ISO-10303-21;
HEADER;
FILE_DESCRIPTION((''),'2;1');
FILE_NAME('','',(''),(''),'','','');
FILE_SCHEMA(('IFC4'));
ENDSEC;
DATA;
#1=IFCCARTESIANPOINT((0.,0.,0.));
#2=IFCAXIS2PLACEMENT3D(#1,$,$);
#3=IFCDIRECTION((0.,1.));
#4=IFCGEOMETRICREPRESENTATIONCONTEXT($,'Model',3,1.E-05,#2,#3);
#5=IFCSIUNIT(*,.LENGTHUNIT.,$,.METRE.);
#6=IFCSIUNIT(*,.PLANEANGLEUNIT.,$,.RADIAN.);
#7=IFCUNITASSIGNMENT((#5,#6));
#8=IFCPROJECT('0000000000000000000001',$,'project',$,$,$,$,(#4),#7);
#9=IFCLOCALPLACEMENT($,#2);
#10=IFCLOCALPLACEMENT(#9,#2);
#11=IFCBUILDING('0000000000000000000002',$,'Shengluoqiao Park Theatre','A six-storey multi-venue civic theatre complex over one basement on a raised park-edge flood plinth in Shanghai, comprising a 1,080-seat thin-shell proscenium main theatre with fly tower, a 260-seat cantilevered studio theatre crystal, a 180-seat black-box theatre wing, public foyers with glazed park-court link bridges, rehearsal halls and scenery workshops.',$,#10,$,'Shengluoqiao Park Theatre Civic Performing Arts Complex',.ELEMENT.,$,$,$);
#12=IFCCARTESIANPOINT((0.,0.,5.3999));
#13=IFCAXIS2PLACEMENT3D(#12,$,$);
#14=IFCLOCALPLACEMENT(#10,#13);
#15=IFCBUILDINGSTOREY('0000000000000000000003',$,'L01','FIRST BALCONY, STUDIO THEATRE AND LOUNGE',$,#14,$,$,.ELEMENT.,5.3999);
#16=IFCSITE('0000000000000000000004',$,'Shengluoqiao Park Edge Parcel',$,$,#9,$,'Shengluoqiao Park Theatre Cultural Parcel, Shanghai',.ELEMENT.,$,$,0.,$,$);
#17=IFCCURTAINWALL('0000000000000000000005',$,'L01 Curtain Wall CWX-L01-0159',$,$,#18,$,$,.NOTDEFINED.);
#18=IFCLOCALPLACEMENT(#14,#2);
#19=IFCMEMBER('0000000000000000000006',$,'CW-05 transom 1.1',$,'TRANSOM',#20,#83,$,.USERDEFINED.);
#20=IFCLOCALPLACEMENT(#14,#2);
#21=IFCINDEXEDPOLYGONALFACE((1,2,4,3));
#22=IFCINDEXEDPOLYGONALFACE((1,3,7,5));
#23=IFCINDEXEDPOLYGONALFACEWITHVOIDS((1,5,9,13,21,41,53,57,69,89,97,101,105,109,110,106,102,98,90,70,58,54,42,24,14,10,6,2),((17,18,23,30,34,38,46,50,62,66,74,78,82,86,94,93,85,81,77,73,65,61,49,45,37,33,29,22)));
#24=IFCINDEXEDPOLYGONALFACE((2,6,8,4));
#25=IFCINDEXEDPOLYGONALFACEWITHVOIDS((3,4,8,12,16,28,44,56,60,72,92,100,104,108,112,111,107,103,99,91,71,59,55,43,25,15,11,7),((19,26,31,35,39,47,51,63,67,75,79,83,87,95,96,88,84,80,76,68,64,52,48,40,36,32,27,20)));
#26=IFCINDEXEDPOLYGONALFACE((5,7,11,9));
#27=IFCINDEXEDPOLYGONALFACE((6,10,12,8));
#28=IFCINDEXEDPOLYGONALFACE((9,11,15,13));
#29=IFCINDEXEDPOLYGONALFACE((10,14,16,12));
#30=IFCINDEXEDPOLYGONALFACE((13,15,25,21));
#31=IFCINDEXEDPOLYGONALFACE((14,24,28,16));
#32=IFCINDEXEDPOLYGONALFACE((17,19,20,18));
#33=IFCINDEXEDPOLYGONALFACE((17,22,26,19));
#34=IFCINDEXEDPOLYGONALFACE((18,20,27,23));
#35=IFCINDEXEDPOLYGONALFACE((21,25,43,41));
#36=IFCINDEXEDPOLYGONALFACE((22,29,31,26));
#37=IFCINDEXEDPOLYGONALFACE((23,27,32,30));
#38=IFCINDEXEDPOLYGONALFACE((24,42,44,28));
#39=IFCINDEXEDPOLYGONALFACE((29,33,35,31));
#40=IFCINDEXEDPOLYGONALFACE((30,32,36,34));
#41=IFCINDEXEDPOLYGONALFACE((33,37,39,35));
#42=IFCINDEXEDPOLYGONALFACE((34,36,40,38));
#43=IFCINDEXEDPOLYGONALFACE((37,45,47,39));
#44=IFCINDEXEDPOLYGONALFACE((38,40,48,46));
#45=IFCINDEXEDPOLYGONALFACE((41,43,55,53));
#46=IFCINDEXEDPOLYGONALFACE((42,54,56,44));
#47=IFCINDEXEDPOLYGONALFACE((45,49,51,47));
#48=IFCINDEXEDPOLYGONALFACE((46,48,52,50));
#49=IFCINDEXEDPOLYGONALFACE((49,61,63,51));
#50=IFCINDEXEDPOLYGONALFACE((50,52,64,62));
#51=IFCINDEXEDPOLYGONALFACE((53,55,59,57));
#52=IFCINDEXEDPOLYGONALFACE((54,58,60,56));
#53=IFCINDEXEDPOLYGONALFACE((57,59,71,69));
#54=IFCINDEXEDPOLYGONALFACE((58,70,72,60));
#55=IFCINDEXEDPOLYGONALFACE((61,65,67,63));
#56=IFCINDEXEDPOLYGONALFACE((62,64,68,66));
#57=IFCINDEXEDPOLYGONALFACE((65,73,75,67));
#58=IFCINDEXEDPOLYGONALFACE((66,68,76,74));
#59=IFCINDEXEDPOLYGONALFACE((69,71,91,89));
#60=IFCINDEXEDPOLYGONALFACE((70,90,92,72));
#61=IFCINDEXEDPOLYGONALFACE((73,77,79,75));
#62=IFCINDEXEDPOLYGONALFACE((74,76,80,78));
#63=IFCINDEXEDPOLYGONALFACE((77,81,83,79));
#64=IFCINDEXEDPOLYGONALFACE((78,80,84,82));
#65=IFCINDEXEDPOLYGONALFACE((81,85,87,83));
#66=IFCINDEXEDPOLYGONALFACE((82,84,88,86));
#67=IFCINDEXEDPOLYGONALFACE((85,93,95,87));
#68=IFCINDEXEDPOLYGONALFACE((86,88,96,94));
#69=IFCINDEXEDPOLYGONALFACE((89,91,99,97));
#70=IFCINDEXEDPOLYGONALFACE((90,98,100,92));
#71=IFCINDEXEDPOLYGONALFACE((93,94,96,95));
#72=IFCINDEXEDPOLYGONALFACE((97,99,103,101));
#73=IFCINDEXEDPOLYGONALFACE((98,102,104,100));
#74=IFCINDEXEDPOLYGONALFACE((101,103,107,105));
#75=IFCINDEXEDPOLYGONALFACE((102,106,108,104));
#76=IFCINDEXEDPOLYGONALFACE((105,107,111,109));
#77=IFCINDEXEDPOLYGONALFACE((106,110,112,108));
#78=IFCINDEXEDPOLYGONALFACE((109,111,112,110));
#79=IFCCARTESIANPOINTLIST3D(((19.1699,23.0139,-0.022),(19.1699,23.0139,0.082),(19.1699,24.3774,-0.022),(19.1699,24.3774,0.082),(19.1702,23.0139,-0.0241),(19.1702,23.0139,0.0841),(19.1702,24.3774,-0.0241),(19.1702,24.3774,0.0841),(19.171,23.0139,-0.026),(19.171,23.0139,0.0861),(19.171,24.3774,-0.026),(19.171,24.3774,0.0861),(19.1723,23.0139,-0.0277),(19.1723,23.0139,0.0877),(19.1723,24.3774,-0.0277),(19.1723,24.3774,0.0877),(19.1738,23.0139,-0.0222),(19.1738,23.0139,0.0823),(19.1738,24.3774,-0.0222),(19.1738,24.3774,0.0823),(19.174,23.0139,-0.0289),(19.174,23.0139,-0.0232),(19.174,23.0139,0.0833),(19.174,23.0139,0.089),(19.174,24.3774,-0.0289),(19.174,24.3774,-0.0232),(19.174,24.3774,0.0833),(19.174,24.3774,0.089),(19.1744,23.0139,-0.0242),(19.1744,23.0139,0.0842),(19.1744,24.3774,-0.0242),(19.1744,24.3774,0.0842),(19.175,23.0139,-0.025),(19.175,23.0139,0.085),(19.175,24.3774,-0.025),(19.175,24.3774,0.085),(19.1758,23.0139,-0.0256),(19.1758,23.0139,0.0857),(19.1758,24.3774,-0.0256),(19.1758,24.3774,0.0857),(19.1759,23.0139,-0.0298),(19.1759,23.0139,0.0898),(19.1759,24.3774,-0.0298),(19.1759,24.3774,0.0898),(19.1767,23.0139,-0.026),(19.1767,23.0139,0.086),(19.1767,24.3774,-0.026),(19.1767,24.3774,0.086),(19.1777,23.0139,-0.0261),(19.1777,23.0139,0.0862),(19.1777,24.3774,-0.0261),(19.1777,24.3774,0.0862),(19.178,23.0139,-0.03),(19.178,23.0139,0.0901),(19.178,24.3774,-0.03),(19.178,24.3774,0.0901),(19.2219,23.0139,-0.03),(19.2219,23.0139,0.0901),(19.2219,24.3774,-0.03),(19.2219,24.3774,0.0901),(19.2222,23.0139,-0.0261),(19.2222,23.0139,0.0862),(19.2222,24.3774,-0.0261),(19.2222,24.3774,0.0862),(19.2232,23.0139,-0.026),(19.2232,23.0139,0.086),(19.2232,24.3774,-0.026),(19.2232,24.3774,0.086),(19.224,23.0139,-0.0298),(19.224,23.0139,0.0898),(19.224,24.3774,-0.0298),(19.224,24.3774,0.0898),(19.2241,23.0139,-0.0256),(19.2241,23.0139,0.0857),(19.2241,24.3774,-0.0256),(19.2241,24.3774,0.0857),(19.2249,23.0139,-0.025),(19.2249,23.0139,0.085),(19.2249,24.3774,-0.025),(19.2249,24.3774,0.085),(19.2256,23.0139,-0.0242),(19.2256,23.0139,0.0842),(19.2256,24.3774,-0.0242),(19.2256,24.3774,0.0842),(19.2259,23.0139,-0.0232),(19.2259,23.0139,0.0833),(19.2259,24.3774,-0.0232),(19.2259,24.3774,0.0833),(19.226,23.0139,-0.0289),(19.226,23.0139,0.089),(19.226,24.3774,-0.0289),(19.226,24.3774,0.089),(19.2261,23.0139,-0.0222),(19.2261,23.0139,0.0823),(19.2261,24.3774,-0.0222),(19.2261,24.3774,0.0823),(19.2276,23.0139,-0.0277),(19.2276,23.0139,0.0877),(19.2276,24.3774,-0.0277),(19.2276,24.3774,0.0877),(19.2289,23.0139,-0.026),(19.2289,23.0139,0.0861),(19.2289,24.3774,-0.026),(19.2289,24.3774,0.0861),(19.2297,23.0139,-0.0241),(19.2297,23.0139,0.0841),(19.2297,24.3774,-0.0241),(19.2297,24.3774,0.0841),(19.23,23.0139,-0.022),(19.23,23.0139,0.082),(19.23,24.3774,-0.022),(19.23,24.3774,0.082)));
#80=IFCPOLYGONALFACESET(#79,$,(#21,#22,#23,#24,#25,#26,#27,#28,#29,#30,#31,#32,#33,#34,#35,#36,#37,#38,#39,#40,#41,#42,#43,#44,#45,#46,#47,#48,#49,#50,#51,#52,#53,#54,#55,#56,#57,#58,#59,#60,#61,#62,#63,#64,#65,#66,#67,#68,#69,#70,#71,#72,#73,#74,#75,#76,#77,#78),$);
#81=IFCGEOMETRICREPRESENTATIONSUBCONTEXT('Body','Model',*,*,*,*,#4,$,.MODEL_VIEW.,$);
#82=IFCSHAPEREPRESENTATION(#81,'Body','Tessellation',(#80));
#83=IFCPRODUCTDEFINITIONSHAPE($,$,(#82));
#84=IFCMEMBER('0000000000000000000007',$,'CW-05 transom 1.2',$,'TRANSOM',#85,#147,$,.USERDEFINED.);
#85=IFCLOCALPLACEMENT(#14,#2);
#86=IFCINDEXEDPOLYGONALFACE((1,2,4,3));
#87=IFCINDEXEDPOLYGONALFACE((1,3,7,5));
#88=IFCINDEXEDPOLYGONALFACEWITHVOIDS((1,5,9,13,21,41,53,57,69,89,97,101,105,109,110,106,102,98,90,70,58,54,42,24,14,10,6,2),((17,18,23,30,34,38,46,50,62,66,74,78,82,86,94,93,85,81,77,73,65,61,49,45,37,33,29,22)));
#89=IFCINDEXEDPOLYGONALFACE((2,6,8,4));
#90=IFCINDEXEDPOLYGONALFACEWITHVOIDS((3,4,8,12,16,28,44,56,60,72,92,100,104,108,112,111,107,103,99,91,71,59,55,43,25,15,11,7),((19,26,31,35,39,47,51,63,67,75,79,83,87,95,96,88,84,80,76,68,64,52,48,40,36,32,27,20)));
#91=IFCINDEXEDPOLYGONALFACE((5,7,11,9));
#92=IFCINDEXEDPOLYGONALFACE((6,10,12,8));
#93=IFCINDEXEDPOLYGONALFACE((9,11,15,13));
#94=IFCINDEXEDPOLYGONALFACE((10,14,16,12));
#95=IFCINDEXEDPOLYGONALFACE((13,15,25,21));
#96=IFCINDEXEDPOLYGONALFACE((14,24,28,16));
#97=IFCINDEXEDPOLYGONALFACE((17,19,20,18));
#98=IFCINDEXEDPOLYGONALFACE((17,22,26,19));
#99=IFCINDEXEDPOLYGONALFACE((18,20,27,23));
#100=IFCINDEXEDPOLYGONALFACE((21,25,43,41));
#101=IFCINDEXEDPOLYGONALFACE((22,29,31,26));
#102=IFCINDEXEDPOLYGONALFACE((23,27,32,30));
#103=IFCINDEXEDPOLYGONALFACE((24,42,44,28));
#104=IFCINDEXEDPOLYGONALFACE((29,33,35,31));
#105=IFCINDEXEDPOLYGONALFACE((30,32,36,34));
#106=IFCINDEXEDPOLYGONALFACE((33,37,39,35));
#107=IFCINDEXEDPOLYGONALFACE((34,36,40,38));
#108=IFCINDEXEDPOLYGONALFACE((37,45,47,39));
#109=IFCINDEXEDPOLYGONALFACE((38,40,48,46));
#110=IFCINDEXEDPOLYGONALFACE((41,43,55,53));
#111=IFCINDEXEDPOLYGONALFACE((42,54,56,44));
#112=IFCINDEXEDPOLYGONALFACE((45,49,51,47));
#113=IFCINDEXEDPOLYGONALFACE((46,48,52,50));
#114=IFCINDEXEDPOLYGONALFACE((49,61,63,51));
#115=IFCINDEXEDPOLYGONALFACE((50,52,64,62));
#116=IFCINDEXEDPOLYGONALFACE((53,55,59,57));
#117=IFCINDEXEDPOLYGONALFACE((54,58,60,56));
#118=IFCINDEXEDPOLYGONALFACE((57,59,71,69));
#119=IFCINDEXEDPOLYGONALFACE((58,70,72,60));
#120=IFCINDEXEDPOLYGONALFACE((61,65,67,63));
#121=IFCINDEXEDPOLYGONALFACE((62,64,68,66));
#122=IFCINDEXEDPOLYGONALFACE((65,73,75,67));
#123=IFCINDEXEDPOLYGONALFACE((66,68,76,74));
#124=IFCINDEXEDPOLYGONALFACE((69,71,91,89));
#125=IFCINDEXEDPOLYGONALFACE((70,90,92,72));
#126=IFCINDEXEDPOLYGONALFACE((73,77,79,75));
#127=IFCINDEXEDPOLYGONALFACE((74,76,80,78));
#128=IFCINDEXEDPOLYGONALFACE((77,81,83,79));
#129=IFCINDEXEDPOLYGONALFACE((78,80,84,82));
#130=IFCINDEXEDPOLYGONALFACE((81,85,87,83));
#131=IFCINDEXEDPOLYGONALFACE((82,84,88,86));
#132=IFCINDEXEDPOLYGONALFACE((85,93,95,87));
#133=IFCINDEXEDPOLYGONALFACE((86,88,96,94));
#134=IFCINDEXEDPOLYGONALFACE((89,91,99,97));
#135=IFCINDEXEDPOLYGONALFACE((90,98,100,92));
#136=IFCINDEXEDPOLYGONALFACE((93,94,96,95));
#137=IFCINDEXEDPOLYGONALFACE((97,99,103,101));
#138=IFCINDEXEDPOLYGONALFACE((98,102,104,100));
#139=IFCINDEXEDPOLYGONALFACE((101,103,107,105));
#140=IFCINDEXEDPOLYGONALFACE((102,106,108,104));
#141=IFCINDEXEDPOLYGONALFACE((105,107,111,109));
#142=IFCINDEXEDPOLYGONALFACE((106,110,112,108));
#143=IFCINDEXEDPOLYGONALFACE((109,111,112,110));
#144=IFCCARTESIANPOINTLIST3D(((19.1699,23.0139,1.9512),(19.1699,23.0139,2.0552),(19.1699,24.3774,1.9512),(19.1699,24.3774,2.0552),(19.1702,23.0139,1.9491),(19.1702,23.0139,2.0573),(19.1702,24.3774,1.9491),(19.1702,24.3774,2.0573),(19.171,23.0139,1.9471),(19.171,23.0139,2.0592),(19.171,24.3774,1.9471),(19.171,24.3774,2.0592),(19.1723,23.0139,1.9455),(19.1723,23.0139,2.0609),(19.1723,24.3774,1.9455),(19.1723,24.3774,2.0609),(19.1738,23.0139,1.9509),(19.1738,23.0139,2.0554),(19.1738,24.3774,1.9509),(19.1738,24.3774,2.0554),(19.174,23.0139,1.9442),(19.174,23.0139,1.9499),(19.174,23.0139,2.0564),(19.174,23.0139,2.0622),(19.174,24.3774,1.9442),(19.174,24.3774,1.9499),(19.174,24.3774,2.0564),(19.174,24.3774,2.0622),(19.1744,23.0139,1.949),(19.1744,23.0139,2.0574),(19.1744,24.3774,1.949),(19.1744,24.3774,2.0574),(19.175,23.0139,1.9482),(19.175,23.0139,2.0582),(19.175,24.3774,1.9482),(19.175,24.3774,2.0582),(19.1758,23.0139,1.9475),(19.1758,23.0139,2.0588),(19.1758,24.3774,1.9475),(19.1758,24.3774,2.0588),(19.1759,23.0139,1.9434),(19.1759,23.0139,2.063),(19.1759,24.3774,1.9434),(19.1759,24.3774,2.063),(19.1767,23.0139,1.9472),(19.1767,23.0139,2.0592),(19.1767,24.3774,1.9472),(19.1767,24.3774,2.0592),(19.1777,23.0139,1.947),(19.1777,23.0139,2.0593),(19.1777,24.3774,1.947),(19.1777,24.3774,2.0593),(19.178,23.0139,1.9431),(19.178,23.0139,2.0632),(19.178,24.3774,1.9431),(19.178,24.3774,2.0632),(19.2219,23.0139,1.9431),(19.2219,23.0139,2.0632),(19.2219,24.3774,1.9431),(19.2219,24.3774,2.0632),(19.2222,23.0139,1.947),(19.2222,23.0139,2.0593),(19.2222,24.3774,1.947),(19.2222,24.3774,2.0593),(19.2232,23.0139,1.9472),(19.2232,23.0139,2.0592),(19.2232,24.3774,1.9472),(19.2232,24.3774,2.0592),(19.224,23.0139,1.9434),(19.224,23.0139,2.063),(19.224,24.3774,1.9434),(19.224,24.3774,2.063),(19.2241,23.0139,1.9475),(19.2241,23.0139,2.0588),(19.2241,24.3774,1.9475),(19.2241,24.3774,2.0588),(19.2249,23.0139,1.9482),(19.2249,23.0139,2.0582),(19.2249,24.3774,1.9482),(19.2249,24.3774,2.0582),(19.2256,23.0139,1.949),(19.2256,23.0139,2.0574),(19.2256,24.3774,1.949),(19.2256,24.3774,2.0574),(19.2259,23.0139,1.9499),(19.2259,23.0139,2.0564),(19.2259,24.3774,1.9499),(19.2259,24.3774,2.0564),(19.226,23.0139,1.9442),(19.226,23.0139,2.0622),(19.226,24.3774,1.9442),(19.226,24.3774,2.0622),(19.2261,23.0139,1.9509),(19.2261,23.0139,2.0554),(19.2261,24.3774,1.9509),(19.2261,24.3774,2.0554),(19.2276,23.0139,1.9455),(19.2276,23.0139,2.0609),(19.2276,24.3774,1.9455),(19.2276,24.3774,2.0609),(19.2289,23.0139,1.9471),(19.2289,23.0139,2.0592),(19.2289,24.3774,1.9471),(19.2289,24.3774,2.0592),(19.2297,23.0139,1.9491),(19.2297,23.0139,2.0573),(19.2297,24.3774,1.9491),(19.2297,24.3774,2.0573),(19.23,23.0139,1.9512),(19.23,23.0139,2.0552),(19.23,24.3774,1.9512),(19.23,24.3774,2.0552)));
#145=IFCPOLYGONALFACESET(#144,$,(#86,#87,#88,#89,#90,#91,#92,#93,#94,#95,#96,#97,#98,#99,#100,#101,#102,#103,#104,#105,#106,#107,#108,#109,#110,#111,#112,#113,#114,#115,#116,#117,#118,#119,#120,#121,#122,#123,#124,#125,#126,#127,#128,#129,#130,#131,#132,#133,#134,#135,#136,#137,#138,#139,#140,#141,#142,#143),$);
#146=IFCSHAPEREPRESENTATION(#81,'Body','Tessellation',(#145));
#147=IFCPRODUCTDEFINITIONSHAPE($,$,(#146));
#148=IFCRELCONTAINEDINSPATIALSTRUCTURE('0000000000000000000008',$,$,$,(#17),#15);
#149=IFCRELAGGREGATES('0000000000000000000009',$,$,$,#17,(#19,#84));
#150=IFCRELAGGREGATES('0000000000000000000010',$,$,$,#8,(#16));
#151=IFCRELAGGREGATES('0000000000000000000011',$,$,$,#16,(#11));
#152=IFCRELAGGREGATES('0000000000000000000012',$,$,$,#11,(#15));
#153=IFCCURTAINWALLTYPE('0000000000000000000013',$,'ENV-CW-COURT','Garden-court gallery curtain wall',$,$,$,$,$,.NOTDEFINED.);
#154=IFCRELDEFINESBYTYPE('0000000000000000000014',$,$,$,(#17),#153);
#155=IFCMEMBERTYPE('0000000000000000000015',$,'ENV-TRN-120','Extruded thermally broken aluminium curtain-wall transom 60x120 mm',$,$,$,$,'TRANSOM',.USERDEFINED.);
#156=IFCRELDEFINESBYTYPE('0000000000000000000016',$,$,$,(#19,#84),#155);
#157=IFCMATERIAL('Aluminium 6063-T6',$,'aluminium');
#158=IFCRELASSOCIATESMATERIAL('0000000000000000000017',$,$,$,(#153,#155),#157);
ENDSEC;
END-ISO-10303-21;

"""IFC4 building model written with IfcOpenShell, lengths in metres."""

from ifc_helpers import new_model, si_unit, direction, frame, origin, origin_2d, place, context, subcontext, project, spatial, hollow_rectangle, extrude, material, material_profile, profile_set, type_object, element, aggregate, save


model = new_model("IFC4")

# Units and contexts
model_context = context("Model", 3, precision=1e-05, world=origin(), true_north=direction((0.0, 1.0)))
body_context = subcontext(model_context, "Body", "Model", "MODEL_VIEW")
ifc_project = project(units=[si_unit("LENGTHUNIT", "METRE"), si_unit("PLANEANGLEUNIT", "RADIAN")], contexts=[model_context])

# Site, building, storey
site_placement = place(None, origin())
site = spatial("IfcSite", under=ifc_project, at=site_placement, Name="Shengluoqiao Park Edge Parcel", LongName="Shengluoqiao Park Theatre Cultural Parcel, Shanghai", CompositionType="ELEMENT", RefElevation=0.0)
building_placement = place(site_placement, origin())
building = spatial("IfcBuilding", under=site, at=building_placement, Name="Shengluoqiao Park Theatre", Description="A six-storey multi-venue civic theatre complex over one basement on a raised park-edge flood plinth in Shanghai, comprising a 1,080-seat thin-shell proscenium main theatre with fly tower, a 260-seat cantilevered studio theatre crystal, a 180-seat black-box theatre wing, public foyers with glazed park-court link bridges, rehearsal halls and scenery workshops.", LongName="Shengluoqiao Park Theatre Civic Performing Arts Complex", CompositionType="ELEMENT")
storey_placement = place(building_placement, frame((0.0, 0.0, 5.3999)))
storey = spatial("IfcBuildingStorey", under=building, at=storey_placement, Name="L01", Description="FIRST BALCONY, STUDIO THEATRE AND LOUNGE", CompositionType="ELEMENT", Elevation=5.3999)

# Shared definitions
ifc_material_1 = material(Name="Aluminium 6063-T6", Category="aluminium")

# Curtain wall, members
curtain_wall_type_1 = type_object("IfcCurtainWallType", Name="ENV-CW-COURT", Description="Garden-court gallery curtain wall", PredefinedType="NOTDEFINED", material=ifc_material_1)
curtain_wall_1_placement = place(storey_placement, origin())
curtain_wall_1 = element("IfcCurtainWall", 1, at=curtain_wall_1_placement, inside=storey, type_object=curtain_wall_type_1, Name="L01 Curtain Wall CWX-L01-0159", PredefinedType="NOTDEFINED")
ifc_material_profile_1 = material_profile(ifc_material_1, hollow_rectangle(XDim=0.0601, YDim=0.1201, WallThickness=0.0039, InnerFilletRadius=0.0039, OuterFilletRadius=0.0081, at=origin_2d()), Name="ALU TRANSOM 120x60x4")
ifc_profile_set_1 = profile_set([ifc_material_profile_1], Name="Aluminium 6063-T6")
member_type_1 = type_object("IfcMemberType", Name="ENV-TRN-120", Description="Extruded thermally broken aluminium curtain-wall transom 60x120 mm", ElementType="TRANSOM", PredefinedType="USERDEFINED", material=ifc_profile_set_1)
member_1_placement = place(storey_placement, frame((19.2, 23.0139, 0.03), z_axis=(0.0, 1.0, 0.0), x_axis=(-1.0, 0.0, 0.0)))
member_1 = element("IfcMember", 2, at=member_1_placement, type_object=member_type_1, Name="CW-05 transom 1.1", ObjectType="TRANSOM", PredefinedType="USERDEFINED", context=body_context, shape_type="SweptSolid", body=[
    extrude(hollow_rectangle(XDim=0.0601, YDim=0.1201, WallThickness=0.0039, InnerFilletRadius=0.0039, OuterFilletRadius=0.0081, at=origin_2d()), origin(), (0.0, 0.0, 1.0), 1.3635),
])
member_2_placement = place(storey_placement, frame((19.2, 23.0139, 2.0032), z_axis=(0.0, 1.0, 0.0), x_axis=(-1.0, 0.0, 0.0)))
member_2 = element("IfcMember", 3, at=member_2_placement, type_object=member_type_1, Name="CW-05 transom 1.2", ObjectType="TRANSOM", PredefinedType="USERDEFINED", context=body_context, shape_type="SweptSolid", body=[
    extrude(hollow_rectangle(XDim=0.0601, YDim=0.1201, WallThickness=0.0039, InnerFilletRadius=0.0039, OuterFilletRadius=0.0081, at=origin_2d()), origin(), (0.0, 0.0, 1.0), 1.3635),
])

aggregate(curtain_wall_1, [member_1, member_2])

save(model, "model.ifc")
